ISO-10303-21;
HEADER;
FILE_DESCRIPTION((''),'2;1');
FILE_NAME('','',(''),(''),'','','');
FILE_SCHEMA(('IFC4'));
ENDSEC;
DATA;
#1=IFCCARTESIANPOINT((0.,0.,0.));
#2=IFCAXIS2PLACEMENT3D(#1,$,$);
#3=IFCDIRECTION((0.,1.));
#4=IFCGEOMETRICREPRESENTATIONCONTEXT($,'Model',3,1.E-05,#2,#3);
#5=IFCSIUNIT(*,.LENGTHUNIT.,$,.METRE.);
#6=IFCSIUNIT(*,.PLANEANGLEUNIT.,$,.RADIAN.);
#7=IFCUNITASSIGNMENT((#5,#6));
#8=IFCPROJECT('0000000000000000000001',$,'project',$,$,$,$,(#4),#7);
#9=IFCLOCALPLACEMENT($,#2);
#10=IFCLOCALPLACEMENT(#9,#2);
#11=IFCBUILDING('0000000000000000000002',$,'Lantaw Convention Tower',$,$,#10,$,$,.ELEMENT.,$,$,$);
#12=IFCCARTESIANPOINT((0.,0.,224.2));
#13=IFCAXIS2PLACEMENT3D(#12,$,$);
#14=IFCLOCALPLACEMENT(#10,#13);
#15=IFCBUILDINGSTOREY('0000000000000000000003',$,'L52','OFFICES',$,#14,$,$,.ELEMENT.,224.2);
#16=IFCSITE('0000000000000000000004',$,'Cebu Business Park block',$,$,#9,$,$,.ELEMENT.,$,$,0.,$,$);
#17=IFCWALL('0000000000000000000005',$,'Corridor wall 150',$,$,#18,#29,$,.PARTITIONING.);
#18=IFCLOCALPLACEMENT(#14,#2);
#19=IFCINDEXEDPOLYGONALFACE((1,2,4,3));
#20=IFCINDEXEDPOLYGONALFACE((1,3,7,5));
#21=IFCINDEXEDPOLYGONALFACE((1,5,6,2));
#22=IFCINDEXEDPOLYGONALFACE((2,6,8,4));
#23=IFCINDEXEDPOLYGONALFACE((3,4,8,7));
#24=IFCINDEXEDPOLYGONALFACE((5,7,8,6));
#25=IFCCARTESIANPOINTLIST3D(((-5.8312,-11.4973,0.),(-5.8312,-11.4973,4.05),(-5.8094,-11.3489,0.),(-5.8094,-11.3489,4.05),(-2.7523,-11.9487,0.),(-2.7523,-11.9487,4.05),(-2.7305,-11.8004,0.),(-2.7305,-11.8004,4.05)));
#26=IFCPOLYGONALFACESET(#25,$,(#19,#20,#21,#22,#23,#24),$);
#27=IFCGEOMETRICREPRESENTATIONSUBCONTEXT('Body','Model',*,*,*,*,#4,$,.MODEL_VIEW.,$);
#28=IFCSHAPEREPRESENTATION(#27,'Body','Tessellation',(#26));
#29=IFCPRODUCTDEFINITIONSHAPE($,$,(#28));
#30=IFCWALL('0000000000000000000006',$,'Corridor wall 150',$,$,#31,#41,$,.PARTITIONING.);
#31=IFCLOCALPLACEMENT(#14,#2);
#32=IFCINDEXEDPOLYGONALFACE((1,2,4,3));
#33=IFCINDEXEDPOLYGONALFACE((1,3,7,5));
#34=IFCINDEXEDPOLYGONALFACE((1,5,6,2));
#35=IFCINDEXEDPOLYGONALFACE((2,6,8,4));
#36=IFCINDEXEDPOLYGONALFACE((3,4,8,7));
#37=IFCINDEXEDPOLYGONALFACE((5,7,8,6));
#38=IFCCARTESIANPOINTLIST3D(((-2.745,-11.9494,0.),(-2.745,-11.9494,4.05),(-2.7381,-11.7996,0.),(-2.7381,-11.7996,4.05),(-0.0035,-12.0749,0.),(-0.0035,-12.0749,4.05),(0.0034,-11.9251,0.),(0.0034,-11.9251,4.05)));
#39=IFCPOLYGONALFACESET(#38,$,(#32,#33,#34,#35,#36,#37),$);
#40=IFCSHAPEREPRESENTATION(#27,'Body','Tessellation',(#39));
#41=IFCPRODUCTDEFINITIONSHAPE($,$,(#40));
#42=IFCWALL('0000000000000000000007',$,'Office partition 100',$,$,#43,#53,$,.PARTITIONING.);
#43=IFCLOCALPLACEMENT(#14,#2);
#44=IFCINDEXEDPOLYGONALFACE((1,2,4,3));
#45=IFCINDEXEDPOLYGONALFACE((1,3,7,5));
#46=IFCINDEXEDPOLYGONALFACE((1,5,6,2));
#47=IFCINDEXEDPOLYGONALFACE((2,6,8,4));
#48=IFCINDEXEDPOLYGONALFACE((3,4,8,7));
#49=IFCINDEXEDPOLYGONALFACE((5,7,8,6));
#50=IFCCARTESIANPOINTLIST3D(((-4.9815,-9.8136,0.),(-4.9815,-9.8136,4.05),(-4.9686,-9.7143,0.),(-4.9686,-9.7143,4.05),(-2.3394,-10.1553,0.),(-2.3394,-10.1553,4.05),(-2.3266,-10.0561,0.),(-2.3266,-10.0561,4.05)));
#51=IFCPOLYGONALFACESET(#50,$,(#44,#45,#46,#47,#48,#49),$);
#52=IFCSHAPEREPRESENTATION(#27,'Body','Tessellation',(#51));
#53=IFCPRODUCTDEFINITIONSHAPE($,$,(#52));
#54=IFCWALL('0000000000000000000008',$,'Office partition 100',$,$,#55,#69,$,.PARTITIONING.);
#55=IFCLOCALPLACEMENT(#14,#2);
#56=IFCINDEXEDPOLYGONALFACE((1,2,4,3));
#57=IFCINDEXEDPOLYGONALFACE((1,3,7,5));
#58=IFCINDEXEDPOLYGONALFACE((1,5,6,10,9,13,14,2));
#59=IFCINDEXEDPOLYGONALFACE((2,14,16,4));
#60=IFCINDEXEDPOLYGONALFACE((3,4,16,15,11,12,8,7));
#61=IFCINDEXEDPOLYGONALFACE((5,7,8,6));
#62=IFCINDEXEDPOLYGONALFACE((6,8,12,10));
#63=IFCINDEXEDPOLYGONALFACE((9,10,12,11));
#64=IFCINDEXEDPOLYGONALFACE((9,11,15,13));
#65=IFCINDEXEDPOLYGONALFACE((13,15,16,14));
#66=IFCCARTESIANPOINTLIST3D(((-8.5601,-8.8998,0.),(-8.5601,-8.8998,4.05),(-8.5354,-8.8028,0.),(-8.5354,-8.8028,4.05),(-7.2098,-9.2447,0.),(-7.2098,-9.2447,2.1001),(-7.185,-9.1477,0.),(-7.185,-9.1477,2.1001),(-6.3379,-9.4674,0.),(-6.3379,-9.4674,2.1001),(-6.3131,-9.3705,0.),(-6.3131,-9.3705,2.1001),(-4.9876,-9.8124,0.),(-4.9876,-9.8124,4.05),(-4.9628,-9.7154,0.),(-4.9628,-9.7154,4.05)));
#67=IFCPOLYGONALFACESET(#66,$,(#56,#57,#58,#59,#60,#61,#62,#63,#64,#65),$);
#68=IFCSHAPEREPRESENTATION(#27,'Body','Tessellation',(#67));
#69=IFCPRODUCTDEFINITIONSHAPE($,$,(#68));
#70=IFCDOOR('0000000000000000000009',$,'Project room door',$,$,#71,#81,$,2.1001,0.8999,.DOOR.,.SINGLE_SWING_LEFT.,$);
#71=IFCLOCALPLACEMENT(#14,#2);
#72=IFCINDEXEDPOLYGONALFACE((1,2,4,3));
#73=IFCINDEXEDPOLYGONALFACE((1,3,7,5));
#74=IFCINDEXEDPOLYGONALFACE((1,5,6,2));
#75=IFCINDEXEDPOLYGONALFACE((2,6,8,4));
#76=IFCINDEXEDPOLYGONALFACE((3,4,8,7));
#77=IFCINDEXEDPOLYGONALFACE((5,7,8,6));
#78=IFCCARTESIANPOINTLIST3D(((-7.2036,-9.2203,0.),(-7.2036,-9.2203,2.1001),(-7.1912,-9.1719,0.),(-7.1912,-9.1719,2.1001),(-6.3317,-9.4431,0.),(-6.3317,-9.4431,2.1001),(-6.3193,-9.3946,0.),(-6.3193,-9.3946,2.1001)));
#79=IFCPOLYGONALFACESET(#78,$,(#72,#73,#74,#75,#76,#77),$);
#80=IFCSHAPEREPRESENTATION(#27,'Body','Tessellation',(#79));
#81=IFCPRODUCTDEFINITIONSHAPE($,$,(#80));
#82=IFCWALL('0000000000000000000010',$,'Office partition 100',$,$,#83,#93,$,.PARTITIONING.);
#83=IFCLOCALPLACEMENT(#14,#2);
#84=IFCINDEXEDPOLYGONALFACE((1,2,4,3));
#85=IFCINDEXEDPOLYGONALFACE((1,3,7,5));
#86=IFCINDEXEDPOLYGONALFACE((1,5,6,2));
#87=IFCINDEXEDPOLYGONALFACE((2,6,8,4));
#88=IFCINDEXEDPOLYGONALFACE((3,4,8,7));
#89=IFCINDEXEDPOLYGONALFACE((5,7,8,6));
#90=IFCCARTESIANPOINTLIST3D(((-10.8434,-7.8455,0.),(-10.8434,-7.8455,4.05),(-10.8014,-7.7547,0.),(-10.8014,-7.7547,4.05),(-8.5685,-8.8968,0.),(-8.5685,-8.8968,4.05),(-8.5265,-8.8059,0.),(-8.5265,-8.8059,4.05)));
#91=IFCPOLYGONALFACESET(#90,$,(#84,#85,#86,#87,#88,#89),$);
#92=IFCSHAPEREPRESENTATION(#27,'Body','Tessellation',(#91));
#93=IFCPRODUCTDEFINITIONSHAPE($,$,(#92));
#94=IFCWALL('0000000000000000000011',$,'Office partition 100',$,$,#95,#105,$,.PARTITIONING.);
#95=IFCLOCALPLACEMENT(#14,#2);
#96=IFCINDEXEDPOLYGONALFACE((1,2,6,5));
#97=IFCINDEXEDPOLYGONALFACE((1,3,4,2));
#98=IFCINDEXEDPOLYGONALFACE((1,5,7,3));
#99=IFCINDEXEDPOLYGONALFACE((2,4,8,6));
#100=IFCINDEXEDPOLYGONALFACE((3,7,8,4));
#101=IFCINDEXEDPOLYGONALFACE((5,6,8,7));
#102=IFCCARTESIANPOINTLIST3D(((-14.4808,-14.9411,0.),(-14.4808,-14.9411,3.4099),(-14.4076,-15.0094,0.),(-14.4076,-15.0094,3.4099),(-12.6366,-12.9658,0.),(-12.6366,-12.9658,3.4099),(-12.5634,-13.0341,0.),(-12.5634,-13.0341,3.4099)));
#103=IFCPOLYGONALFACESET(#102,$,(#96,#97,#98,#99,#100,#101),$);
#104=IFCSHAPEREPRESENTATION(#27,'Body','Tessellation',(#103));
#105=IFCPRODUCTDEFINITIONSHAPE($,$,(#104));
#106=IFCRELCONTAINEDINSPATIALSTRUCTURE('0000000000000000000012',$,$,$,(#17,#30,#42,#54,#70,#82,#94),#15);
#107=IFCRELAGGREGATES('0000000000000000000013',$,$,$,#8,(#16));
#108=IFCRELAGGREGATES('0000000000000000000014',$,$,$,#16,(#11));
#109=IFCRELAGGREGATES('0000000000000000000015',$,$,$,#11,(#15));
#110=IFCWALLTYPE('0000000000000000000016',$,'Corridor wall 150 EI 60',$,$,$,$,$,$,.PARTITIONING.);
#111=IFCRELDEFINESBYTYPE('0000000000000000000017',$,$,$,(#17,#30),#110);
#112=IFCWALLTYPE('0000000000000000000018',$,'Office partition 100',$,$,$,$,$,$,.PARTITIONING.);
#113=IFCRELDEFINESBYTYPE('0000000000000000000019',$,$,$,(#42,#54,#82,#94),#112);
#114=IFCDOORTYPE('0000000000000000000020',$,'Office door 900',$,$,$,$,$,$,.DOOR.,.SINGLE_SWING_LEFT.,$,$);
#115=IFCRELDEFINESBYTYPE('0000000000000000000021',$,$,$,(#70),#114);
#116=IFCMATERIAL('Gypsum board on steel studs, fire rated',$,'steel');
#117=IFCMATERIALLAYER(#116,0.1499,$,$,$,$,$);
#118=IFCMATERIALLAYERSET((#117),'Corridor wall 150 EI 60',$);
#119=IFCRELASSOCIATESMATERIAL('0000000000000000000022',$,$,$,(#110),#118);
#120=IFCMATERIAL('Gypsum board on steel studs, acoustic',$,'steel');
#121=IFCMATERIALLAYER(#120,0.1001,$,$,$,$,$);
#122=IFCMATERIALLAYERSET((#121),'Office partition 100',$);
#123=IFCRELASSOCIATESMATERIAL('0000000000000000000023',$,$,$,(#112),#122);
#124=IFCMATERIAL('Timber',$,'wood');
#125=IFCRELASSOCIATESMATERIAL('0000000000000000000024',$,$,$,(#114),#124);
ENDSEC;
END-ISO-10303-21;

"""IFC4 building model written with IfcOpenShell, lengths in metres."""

from ifc_helpers import new_model, si_unit, direction, frame, frame_2d, origin, place, context, subcontext, project, spatial, rectangle, extrude, material, layer, layer_set, type_object, element, fill, save


model = new_model("IFC4")

# Units and contexts
model_context = context("Model", 3, precision=1e-05, world=origin(), true_north=direction((0.0, 1.0)))
body_context = subcontext(model_context, "Body", "Model", "MODEL_VIEW")
ifc_project = project(units=[si_unit("LENGTHUNIT", "METRE"), si_unit("PLANEANGLEUNIT", "RADIAN")], contexts=[model_context])

# Site, building, storey
site_placement = place(None, origin())
site = spatial("IfcSite", under=ifc_project, at=site_placement, Name="Cebu Business Park block", CompositionType="ELEMENT", RefElevation=0.0)
building_placement = place(site_placement, origin())
building = spatial("IfcBuilding", under=site, at=building_placement, Name="Lantaw Convention Tower", CompositionType="ELEMENT")
storey_placement = place(building_placement, frame((0.0, 0.0, 224.2)))
storey = spatial("IfcBuildingStorey", under=building, at=storey_placement, Name="L52", Description="OFFICES", CompositionType="ELEMENT", Elevation=224.2)

# Shared definitions
ifc_material_1 = material(Name="Gypsum board on steel studs, fire rated", Category="steel")
ifc_layer_1 = layer(ifc_material_1, 0.1499)
ifc_layer_set_1 = layer_set([ifc_layer_1], Name="Corridor wall 150 EI 60")
wall_type_1 = type_object("IfcWallType", Name="Corridor wall 150 EI 60", PredefinedType="PARTITIONING", material=ifc_layer_set_1)

# Walls
wall_1_placement = place(storey_placement, frame((-5.8203, -11.4231, 0.0), z_axis=(0.0, 0.0, 1.0), x_axis=(0.989422, -0.145067, 0.0)))
element("IfcWall", 1, at=wall_1_placement, inside=storey, type_object=wall_type_1, Name="Corridor wall 150", PredefinedType="PARTITIONING", context=body_context, shape_type="SweptSolid", body=[
    extrude(rectangle(XDim=3.1118, YDim=0.1499, at=frame_2d((1.5559, 0.0))), origin(), (0.0, 0.0, 1.0), 4.05),
])
wall_2_placement = place(storey_placement, frame((-2.7415, -11.8745, 0.0), z_axis=(0.0, 0.0, 1.0), x_axis=(0.998954, -0.045726, 0.0)))
element("IfcWall", 2, at=wall_2_placement, inside=storey, type_object=wall_type_1, Name="Corridor wall 150", PredefinedType="PARTITIONING", context=body_context, shape_type="SweptSolid", body=[
    extrude(rectangle(XDim=2.7444, YDim=0.1499, at=frame_2d((1.3721, 0.0))), origin(), (0.0, 0.0, 1.0), 4.05),
])
ifc_material_2 = material(Name="Gypsum board on steel studs, acoustic", Category="steel")
ifc_layer_2 = layer(ifc_material_2, 0.1001)
ifc_layer_set_2 = layer_set([ifc_layer_2], Name="Office partition 100")
wall_type_2 = type_object("IfcWallType", Name="Office partition 100", PredefinedType="PARTITIONING", material=ifc_layer_set_2)
wall_3_placement = place(storey_placement, frame((-2.333, -10.1057, 0.0), z_axis=(0.0, 0.0, 1.0), x_axis=(-0.991736, 0.128297, 0.0)))
element("IfcWall", 3, at=wall_3_placement, inside=storey, type_object=wall_type_2, Name="Office partition 100", PredefinedType="PARTITIONING", context=body_context, shape_type="SweptSolid", body=[
    extrude(rectangle(XDim=2.6641, YDim=0.1001, at=frame_2d((1.332, 0.0))), origin(), (0.0, 0.0, 1.0), 4.05),
])

# Wall, opening, door
wall_4_placement = place(storey_placement, frame((-4.9751, -9.7639, 0.0), z_axis=(0.0, 0.0, 1.0), x_axis=(-0.968887, 0.247502, 0.0)))
wall_4 = element("IfcWall", 4, at=wall_4_placement, inside=storey, type_object=wall_type_2, Name="Office partition 100", PredefinedType="PARTITIONING", context=body_context, shape_type="SweptSolid", body=[
    extrude(rectangle(XDim=3.6873, YDim=0.1001, at=frame_2d((1.8438, 0.0))), origin(), (0.0, 0.0, 1.0), 4.05),
])
opening_1_placement = place(wall_4_placement, frame((1.3938, 0.0, 0.0)))
opening_1 = element("IfcOpeningElement", 5, at=opening_1_placement, cuts=wall_4, PredefinedType="OPENING", context=body_context, shape_type="SweptSolid", body=[
    extrude(rectangle(XDim=0.8999, YDim=2.1001, at=frame_2d((0.45, 1.05))), frame((0.0, 0.0601, 0.0), z_axis=(0.0, -1.0, 0.0), x_axis=(1.0, 0.0, 0.0)), (0.0, 0.0, 1.0), 0.1201),
])
ifc_material_3 = material(Name="Timber", Category="wood")
door_type_1 = type_object("IfcDoorType", Name="Office door 900", OperationType="SINGLE_SWING_LEFT", PredefinedType="DOOR", material=ifc_material_3)
door_1_placement = place(opening_1_placement, origin())
door_1 = element("IfcDoor", 6, at=door_1_placement, inside=storey, type_object=door_type_1, Name="Project room door", OperationType="SINGLE_SWING_LEFT", OverallHeight=2.1001, OverallWidth=0.8999, PredefinedType="DOOR", context=body_context, shape_type="SweptSolid", body=[
    extrude(rectangle(XDim=0.8999, YDim=2.1001, at=frame_2d((0.45, 1.05))), frame((0.0, 0.0249, 0.0), z_axis=(0.0, -1.0, 0.0), x_axis=(1.0, 0.0, 0.0)), (0.0, 0.0, 1.0), 0.05),
])
fill(opening_1, door_1)

# Walls
wall_5_placement = place(storey_placement, frame((-8.5476, -8.8513, 0.0), z_axis=(0.0, 0.0, 1.0), x_axis=(-0.90776, 0.419491, 0.0)))
element("IfcWall", 7, at=wall_5_placement, inside=storey, type_object=wall_type_2, Name="Office partition 100", PredefinedType="PARTITIONING", context=body_context, shape_type="SweptSolid", body=[
    extrude(rectangle(XDim=2.5061, YDim=0.1001, at=frame_2d((1.2529, 0.0))), origin(), (0.0, 0.0, 1.0), 4.05),
])
wall_6_placement = place(storey_placement, frame((-12.6001, -13.0, 0.0), z_axis=(0.0, 0.0, 1.0), x_axis=(-0.682434, -0.730947, 0.0)))
element("IfcWall", 8, at=wall_6_placement, inside=storey, type_object=wall_type_2, Name="Office partition 100", PredefinedType="PARTITIONING", context=body_context, shape_type="SweptSolid", body=[
    extrude(rectangle(XDim=2.7024, YDim=0.1001, at=frame_2d((1.3511, 0.0))), origin(), (0.0, 0.0, 1.0), 3.4099),
])

save(model, "model.ifc")
